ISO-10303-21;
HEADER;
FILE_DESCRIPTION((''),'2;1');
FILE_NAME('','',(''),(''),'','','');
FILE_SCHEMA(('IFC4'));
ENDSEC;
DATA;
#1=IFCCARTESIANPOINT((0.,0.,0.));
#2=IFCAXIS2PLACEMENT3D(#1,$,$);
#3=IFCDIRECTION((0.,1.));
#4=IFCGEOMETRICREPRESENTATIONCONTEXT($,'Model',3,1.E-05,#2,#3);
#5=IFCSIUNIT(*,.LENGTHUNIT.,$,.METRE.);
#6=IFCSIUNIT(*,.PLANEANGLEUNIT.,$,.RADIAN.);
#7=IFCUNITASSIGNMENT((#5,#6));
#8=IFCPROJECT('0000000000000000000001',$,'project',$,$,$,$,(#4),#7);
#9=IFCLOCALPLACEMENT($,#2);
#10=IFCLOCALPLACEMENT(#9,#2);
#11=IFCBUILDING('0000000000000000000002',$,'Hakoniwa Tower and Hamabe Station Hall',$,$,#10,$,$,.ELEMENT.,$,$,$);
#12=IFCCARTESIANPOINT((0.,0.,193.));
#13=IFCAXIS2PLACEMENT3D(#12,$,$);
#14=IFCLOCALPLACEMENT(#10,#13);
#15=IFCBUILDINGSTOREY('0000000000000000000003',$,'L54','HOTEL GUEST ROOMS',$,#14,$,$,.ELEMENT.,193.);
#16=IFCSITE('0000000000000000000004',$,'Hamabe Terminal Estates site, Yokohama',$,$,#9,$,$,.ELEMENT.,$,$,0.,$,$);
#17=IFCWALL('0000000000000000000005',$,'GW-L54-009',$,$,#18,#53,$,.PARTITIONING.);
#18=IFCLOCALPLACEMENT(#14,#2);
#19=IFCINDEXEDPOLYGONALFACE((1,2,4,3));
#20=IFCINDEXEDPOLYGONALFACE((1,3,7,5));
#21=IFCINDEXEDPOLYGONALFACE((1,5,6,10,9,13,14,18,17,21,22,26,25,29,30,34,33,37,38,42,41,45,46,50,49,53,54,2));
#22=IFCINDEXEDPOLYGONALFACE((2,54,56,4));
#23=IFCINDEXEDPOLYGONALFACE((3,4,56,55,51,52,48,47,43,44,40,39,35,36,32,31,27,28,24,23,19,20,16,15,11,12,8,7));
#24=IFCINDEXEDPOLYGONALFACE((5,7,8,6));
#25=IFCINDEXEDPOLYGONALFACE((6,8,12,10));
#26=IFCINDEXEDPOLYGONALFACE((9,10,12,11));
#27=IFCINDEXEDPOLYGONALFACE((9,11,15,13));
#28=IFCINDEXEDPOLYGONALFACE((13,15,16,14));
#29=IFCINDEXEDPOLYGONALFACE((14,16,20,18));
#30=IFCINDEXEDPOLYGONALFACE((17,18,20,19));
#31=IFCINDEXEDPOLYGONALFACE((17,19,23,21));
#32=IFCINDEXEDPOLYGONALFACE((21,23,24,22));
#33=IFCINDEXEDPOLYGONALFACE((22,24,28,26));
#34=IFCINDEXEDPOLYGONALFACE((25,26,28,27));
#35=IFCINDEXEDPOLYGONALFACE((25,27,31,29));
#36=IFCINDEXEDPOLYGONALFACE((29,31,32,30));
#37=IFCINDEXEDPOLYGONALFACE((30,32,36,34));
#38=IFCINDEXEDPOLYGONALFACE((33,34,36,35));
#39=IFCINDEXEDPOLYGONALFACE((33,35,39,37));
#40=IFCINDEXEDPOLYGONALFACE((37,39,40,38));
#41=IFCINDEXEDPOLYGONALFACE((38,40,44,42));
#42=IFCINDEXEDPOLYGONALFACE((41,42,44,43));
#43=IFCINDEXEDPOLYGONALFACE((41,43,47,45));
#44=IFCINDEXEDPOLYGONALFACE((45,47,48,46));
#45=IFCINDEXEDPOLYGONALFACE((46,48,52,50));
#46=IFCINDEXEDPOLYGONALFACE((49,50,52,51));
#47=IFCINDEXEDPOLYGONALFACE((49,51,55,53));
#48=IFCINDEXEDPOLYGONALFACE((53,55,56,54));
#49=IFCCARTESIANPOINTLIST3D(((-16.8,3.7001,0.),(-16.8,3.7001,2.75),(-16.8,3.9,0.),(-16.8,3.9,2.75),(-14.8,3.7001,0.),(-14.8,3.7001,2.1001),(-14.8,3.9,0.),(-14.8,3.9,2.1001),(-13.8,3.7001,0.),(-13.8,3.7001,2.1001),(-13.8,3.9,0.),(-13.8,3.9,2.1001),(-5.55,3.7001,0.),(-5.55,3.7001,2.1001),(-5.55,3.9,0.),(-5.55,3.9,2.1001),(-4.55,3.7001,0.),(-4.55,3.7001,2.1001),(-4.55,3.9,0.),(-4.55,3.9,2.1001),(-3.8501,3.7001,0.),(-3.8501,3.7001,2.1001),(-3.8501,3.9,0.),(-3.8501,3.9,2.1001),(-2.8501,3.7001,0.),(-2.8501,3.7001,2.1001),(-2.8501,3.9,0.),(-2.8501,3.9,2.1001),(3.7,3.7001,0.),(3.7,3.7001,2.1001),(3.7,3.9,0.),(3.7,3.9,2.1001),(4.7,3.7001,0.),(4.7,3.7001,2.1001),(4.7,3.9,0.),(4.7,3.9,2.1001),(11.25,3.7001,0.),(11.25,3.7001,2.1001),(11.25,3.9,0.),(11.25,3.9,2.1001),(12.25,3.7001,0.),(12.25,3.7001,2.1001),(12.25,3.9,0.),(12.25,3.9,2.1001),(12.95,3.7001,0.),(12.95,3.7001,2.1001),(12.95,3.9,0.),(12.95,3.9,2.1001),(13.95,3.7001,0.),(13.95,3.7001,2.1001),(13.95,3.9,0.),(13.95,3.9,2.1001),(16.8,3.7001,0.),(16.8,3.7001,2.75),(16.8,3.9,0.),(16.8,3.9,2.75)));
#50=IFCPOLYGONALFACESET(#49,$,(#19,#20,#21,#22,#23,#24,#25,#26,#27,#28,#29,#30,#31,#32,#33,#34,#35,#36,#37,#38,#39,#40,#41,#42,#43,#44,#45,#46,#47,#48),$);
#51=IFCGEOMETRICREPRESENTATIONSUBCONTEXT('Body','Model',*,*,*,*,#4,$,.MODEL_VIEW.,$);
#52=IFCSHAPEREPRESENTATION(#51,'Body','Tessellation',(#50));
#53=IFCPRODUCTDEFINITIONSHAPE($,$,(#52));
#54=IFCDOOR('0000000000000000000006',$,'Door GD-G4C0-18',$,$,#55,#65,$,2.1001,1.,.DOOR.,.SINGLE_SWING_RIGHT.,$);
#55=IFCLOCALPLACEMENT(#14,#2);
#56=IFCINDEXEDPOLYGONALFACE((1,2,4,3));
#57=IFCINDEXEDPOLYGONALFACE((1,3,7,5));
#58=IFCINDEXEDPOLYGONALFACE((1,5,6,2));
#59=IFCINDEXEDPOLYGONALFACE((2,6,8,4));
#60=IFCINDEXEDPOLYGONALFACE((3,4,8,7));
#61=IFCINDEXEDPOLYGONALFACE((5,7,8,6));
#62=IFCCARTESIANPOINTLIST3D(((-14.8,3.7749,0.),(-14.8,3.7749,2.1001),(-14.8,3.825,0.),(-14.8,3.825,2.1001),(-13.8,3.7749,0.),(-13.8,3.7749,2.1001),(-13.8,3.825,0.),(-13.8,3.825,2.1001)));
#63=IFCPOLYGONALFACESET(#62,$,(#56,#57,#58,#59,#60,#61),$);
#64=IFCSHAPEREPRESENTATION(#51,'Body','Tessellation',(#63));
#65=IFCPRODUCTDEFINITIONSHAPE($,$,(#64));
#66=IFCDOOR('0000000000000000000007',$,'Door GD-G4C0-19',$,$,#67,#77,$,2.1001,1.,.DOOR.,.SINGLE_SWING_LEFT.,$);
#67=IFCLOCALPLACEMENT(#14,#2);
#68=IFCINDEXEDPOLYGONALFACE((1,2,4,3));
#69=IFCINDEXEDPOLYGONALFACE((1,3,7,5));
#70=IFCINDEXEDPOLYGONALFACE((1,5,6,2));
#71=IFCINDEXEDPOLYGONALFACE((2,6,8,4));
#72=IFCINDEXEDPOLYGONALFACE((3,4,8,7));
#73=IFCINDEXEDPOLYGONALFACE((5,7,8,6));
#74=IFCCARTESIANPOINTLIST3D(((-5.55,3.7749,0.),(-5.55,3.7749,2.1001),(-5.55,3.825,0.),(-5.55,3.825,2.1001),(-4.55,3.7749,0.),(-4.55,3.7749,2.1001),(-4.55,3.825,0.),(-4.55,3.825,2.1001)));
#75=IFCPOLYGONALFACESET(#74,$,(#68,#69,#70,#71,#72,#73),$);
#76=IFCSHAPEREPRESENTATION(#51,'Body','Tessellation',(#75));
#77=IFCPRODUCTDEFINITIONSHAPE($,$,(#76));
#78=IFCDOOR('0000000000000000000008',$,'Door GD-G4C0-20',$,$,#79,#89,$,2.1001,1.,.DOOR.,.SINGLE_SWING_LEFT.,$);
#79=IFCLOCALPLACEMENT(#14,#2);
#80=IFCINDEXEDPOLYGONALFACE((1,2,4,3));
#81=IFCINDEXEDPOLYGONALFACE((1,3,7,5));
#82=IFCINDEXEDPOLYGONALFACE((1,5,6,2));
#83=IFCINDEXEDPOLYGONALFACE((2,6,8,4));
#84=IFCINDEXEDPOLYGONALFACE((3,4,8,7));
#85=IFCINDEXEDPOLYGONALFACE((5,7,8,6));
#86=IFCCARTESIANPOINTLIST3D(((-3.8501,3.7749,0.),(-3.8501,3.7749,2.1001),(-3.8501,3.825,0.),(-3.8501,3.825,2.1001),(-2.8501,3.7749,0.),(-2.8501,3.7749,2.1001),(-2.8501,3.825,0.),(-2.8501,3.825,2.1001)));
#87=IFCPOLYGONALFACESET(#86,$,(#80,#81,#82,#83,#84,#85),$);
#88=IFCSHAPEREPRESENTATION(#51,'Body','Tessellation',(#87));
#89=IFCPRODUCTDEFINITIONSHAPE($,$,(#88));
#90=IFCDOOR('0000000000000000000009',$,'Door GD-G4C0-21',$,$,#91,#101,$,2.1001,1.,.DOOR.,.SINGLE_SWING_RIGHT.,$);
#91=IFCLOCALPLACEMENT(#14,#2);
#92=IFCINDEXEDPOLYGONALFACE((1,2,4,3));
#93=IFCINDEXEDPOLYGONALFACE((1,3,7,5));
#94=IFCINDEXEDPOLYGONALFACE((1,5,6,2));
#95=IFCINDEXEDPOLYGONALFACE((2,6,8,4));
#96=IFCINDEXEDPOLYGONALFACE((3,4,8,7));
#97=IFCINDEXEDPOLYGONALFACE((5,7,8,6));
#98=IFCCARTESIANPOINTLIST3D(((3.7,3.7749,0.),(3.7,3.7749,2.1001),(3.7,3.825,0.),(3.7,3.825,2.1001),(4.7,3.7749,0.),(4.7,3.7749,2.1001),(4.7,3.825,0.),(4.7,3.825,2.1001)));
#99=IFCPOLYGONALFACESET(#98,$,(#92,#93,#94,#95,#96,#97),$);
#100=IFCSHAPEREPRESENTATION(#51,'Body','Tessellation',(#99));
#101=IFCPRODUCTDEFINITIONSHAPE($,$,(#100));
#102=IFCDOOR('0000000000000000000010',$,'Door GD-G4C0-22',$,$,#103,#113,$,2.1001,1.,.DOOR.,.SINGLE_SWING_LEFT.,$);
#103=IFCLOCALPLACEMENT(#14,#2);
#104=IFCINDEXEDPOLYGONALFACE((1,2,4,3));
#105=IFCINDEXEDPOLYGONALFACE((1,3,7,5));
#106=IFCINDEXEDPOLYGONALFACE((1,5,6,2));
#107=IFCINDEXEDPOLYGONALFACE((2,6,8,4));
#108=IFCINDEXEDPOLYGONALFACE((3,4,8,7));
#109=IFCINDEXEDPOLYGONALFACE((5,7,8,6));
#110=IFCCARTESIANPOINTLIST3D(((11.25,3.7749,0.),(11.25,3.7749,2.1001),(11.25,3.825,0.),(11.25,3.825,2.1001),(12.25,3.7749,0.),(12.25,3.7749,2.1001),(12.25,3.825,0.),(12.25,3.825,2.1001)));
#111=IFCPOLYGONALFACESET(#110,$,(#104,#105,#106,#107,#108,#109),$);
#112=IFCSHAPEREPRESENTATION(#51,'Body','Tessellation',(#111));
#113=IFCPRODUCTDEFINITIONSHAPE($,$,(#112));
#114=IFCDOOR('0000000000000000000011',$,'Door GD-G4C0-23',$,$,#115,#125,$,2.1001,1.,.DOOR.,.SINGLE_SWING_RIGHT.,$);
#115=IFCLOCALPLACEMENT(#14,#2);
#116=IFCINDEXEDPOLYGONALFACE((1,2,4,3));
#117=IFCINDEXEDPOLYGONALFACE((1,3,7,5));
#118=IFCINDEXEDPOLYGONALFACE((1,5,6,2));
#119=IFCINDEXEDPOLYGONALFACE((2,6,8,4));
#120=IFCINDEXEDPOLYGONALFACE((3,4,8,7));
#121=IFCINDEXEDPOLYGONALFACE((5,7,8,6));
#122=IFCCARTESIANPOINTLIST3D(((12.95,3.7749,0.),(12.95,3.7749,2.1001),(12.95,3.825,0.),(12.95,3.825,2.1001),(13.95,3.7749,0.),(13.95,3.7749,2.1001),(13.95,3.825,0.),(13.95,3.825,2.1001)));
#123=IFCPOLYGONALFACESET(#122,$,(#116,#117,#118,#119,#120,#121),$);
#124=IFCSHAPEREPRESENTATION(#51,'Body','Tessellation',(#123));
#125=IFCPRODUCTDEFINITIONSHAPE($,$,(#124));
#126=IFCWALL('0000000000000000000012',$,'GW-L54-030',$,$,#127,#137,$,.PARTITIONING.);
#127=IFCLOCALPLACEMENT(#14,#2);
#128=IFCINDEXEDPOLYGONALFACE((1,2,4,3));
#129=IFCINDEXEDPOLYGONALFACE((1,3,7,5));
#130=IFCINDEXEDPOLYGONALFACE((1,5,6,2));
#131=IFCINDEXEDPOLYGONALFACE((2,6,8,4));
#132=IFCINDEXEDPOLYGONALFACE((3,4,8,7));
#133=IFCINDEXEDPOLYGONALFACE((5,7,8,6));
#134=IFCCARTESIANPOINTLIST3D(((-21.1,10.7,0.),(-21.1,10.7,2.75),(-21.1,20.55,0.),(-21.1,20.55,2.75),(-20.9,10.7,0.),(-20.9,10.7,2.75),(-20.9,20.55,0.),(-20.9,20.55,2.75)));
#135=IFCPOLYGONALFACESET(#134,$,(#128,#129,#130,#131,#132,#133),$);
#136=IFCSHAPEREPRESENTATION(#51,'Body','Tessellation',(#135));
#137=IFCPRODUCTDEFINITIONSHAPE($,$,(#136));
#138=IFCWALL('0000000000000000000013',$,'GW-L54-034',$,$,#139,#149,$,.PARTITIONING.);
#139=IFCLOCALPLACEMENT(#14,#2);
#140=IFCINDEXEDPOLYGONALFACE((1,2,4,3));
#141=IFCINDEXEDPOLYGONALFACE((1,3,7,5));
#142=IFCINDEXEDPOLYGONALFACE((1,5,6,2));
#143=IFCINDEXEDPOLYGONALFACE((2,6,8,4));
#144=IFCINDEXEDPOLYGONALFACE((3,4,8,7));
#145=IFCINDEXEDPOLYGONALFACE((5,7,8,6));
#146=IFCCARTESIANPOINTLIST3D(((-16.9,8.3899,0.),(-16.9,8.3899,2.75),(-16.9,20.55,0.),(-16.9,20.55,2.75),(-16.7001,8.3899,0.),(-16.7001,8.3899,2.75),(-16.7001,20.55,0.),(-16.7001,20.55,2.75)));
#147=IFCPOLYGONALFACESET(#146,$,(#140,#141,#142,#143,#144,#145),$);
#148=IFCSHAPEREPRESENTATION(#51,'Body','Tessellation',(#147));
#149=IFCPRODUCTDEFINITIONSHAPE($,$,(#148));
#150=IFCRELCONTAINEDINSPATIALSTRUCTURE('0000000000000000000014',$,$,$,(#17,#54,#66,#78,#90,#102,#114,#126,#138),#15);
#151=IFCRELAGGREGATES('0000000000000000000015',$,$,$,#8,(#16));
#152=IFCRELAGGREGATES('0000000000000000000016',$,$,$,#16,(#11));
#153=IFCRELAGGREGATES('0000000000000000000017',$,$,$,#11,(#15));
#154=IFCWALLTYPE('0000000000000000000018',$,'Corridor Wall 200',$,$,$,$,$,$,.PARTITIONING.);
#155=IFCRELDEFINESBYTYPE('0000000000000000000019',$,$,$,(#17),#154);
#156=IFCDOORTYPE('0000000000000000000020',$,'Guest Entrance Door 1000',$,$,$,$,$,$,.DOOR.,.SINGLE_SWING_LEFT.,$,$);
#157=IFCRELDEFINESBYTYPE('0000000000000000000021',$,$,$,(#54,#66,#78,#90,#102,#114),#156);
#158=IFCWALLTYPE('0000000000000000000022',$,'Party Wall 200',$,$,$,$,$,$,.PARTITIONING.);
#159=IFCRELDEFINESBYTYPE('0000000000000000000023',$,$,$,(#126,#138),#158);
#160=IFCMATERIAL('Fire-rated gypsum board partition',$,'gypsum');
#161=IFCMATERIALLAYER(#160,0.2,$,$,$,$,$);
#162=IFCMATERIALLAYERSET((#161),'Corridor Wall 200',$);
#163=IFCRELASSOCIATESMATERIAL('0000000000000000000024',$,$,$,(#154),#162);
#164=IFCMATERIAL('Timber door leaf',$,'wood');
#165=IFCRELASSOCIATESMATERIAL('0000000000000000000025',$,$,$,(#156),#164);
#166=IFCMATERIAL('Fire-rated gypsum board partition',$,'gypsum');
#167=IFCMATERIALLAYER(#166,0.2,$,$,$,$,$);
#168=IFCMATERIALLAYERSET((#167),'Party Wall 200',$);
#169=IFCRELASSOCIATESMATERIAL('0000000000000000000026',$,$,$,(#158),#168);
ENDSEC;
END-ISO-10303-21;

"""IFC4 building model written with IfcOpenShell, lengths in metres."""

from ifc_helpers import new_model, si_unit, direction, frame, frame_2d, origin, place, context, subcontext, project, spatial, rectangle, extrude, material, layer, layer_set, type_object, element, fill, save


model = new_model("IFC4")

# Units and contexts
model_context = context("Model", 3, precision=1e-05, world=origin(), true_north=direction((0.0, 1.0)))
body_context = subcontext(model_context, "Body", "Model", "MODEL_VIEW")
ifc_project = project(units=[si_unit("LENGTHUNIT", "METRE"), si_unit("PLANEANGLEUNIT", "RADIAN")], contexts=[model_context])

# Site, building, storey
site_placement = place(None, origin())
site = spatial("IfcSite", under=ifc_project, at=site_placement, Name="Hamabe Terminal Estates site, Yokohama", CompositionType="ELEMENT", RefElevation=0.0)
building_placement = place(site_placement, origin())
building = spatial("IfcBuilding", under=site, at=building_placement, Name="Hakoniwa Tower and Hamabe Station Hall", CompositionType="ELEMENT")
storey_placement = place(building_placement, frame((0.0, 0.0, 193.0)))
storey = spatial("IfcBuildingStorey", under=building, at=storey_placement, Name="L54", Description="HOTEL GUEST ROOMS", CompositionType="ELEMENT", Elevation=193.0)

# Wall, openings, doors
ifc_material_1 = material(Name="Fire-rated gypsum board partition", Category="gypsum")
ifc_layer_1 = layer(ifc_material_1, 0.2)
ifc_layer_set_1 = layer_set([ifc_layer_1], Name="Corridor Wall 200")
wall_type_1 = type_object("IfcWallType", Name="Corridor Wall 200", PredefinedType="PARTITIONING", material=ifc_layer_set_1)
ifc_material_2 = material(Name="Timber door leaf", Category="wood")
door_type_1 = type_object("IfcDoorType", Name="Guest Entrance Door 1000", OperationType="SINGLE_SWING_LEFT", PredefinedType="DOOR", material=ifc_material_2)
wall_1_placement = place(storey_placement, frame((-16.8, 3.8, 0.0), z_axis=(0.0, 0.0, 1.0), x_axis=(1.0, 0.0, 0.0)))
wall_1 = element("IfcWall", 1, at=wall_1_placement, inside=storey, type_object=wall_type_1, Name="GW-L54-009", PredefinedType="PARTITIONING", context=body_context, shape_type="SweptSolid", body=[
    extrude(rectangle(XDim=33.6001, YDim=0.2, at=frame_2d((16.8, 0.0))), origin(), (0.0, 0.0, 1.0), 2.75),
])
opening_1_placement = place(wall_1_placement, frame((2.0, 0.0, 0.0)))
opening_1 = element("IfcOpeningElement", 2, at=opening_1_placement, cuts=wall_1, PredefinedType="OPENING", context=body_context, shape_type="SweptSolid", body=[
    extrude(rectangle(XDim=1.0, YDim=2.1001, at=frame_2d((0.5, 1.05))), frame((0.0, 0.1099, 0.0), z_axis=(0.0, -1.0, 0.0), x_axis=(1.0, 0.0, 0.0)), (0.0, 0.0, 1.0), 0.22),
])
opening_2_placement = place(wall_1_placement, frame((11.25, 0.0, 0.0)))
opening_2 = element("IfcOpeningElement", 3, at=opening_2_placement, cuts=wall_1, PredefinedType="OPENING", context=body_context, shape_type="SweptSolid", body=[
    extrude(rectangle(XDim=1.0, YDim=2.1001, at=frame_2d((0.5, 1.05))), frame((0.0, 0.1099, 0.0), z_axis=(0.0, -1.0, 0.0), x_axis=(1.0, 0.0, 0.0)), (0.0, 0.0, 1.0), 0.22),
])
opening_3_placement = place(wall_1_placement, frame((12.95, 0.0, 0.0)))
opening_3 = element("IfcOpeningElement", 4, at=opening_3_placement, cuts=wall_1, PredefinedType="OPENING", context=body_context, shape_type="SweptSolid", body=[
    extrude(rectangle(XDim=1.0, YDim=2.1001, at=frame_2d((0.5, 1.05))), frame((0.0, 0.1099, 0.0), z_axis=(0.0, -1.0, 0.0), x_axis=(1.0, 0.0, 0.0)), (0.0, 0.0, 1.0), 0.22),
])
opening_4_placement = place(wall_1_placement, frame((20.5, 0.0, 0.0)))
opening_4 = element("IfcOpeningElement", 5, at=opening_4_placement, cuts=wall_1, PredefinedType="OPENING", context=body_context, shape_type="SweptSolid", body=[
    extrude(rectangle(XDim=1.0, YDim=2.1001, at=frame_2d((0.5, 1.05))), frame((0.0, 0.1099, 0.0), z_axis=(0.0, -1.0, 0.0), x_axis=(1.0, 0.0, 0.0)), (0.0, 0.0, 1.0), 0.22),
])
opening_5_placement = place(wall_1_placement, frame((28.05, 0.0, 0.0)))
opening_5 = element("IfcOpeningElement", 6, at=opening_5_placement, cuts=wall_1, PredefinedType="OPENING", context=body_context, shape_type="SweptSolid", body=[
    extrude(rectangle(XDim=1.0, YDim=2.1001, at=frame_2d((0.5, 1.05))), frame((0.0, 0.1099, 0.0), z_axis=(0.0, -1.0, 0.0), x_axis=(1.0, 0.0, 0.0)), (0.0, 0.0, 1.0), 0.22),
])
opening_6_placement = place(wall_1_placement, frame((29.75, 0.0, 0.0)))
opening_6 = element("IfcOpeningElement", 7, at=opening_6_placement, cuts=wall_1, PredefinedType="OPENING", context=body_context, shape_type="SweptSolid", body=[
    extrude(rectangle(XDim=1.0, YDim=2.1001, at=frame_2d((0.5, 1.05))), frame((0.0, 0.1099, 0.0), z_axis=(0.0, -1.0, 0.0), x_axis=(1.0, 0.0, 0.0)), (0.0, 0.0, 1.0), 0.22),
])
door_1_placement = place(opening_1_placement, origin())
door_1 = element("IfcDoor", 8, at=door_1_placement, inside=storey, type_object=door_type_1, Name="Door GD-G4C0-18", OperationType="SINGLE_SWING_RIGHT", OverallHeight=2.1001, OverallWidth=1.0, PredefinedType="DOOR", context=body_context, shape_type="SweptSolid", body=[
    extrude(rectangle(XDim=1.0, YDim=2.1001, at=frame_2d((0.5, 1.05))), frame((0.0, 0.0249, 0.0), z_axis=(0.0, -1.0, 0.0), x_axis=(1.0, 0.0, 0.0)), (0.0, 0.0, 1.0), 0.05),
])
fill(opening_1, door_1)
door_2_placement = place(opening_2_placement, origin())
door_2 = element("IfcDoor", 9, at=door_2_placement, inside=storey, type_object=door_type_1, Name="Door GD-G4C0-19", OperationType="SINGLE_SWING_LEFT", OverallHeight=2.1001, OverallWidth=1.0, PredefinedType="DOOR", context=body_context, shape_type="SweptSolid", body=[
    extrude(rectangle(XDim=1.0, YDim=2.1001, at=frame_2d((0.5, 1.05))), frame((0.0, 0.0249, 0.0), z_axis=(0.0, -1.0, 0.0), x_axis=(1.0, 0.0, 0.0)), (0.0, 0.0, 1.0), 0.05),
])
fill(opening_2, door_2)
door_3_placement = place(opening_3_placement, origin())
door_3 = element("IfcDoor", 10, at=door_3_placement, inside=storey, type_object=door_type_1, Name="Door GD-G4C0-20", OperationType="SINGLE_SWING_LEFT", OverallHeight=2.1001, OverallWidth=1.0, PredefinedType="DOOR", context=body_context, shape_type="SweptSolid", body=[
    extrude(rectangle(XDim=1.0, YDim=2.1001, at=frame_2d((0.5, 1.05))), frame((0.0, 0.0249, 0.0), z_axis=(0.0, -1.0, 0.0), x_axis=(1.0, 0.0, 0.0)), (0.0, 0.0, 1.0), 0.05),
])
fill(opening_3, door_3)
door_4_placement = place(opening_4_placement, origin())
door_4 = element("IfcDoor", 11, at=door_4_placement, inside=storey, type_object=door_type_1, Name="Door GD-G4C0-21", OperationType="SINGLE_SWING_RIGHT", OverallHeight=2.1001, OverallWidth=1.0, PredefinedType="DOOR", context=body_context, shape_type="SweptSolid", body=[
    extrude(rectangle(XDim=1.0, YDim=2.1001, at=frame_2d((0.5, 1.05))), frame((0.0, 0.0249, 0.0), z_axis=(0.0, -1.0, 0.0), x_axis=(1.0, 0.0, 0.0)), (0.0, 0.0, 1.0), 0.05),
])
fill(opening_4, door_4)
door_5_placement = place(opening_5_placement, origin())
door_5 = element("IfcDoor", 12, at=door_5_placement, inside=storey, type_object=door_type_1, Name="Door GD-G4C0-22", OperationType="SINGLE_SWING_LEFT", OverallHeight=2.1001, OverallWidth=1.0, PredefinedType="DOOR", context=body_context, shape_type="SweptSolid", body=[
    extrude(rectangle(XDim=1.0, YDim=2.1001, at=frame_2d((0.5, 1.05))), frame((0.0, 0.0249, 0.0), z_axis=(0.0, -1.0, 0.0), x_axis=(1.0, 0.0, 0.0)), (0.0, 0.0, 1.0), 0.05),
])
fill(opening_5, door_5)
door_6_placement = place(opening_6_placement, origin())
door_6 = element("IfcDoor", 13, at=door_6_placement, inside=storey, type_object=door_type_1, Name="Door GD-G4C0-23", OperationType="SINGLE_SWING_RIGHT", OverallHeight=2.1001, OverallWidth=1.0, PredefinedType="DOOR", context=body_context, shape_type="SweptSolid", body=[
    extrude(rectangle(XDim=1.0, YDim=2.1001, at=frame_2d((0.5, 1.05))), frame((0.0, 0.0249, 0.0), z_axis=(0.0, -1.0, 0.0), x_axis=(1.0, 0.0, 0.0)), (0.0, 0.0, 1.0), 0.05),
])
fill(opening_6, door_6)

# Walls
ifc_material_3 = material(Name="Fire-rated gypsum board partition", Category="gypsum")
ifc_layer_2 = layer(ifc_material_3, 0.2)
ifc_layer_set_2 = layer_set([ifc_layer_2], Name="Party Wall 200")
wall_type_2 = type_object("IfcWallType", Name="Party Wall 200", PredefinedType="PARTITIONING", material=ifc_layer_set_2)
wall_2_placement = place(storey_placement, frame((-21.0, 10.7, 0.0), z_axis=(0.0, 0.0, 1.0), x_axis=(0.0, 1.0, 0.0)))
element("IfcWall", 14, at=wall_2_placement, inside=storey, type_object=wall_type_2, Name="GW-L54-030", PredefinedType="PARTITIONING", context=body_context, shape_type="SweptSolid", body=[
    extrude(rectangle(XDim=9.8501, YDim=0.2, at=frame_2d((4.925, 0.0))), origin(), (0.0, 0.0, 1.0), 2.75),
])
wall_3_placement = place(storey_placement, frame((-16.8, 8.3899, 0.0), z_axis=(0.0, 0.0, 1.0), x_axis=(0.0, 1.0, 0.0)))
element("IfcWall", 15, at=wall_3_placement, inside=storey, type_object=wall_type_2, Name="GW-L54-034", PredefinedType="PARTITIONING", context=body_context, shape_type="SweptSolid", body=[
    extrude(rectangle(XDim=12.1602, YDim=0.2, at=frame_2d((6.0801, 0.0))), origin(), (0.0, 0.0, 1.0), 2.75),
])

save(model, "model.ifc")
